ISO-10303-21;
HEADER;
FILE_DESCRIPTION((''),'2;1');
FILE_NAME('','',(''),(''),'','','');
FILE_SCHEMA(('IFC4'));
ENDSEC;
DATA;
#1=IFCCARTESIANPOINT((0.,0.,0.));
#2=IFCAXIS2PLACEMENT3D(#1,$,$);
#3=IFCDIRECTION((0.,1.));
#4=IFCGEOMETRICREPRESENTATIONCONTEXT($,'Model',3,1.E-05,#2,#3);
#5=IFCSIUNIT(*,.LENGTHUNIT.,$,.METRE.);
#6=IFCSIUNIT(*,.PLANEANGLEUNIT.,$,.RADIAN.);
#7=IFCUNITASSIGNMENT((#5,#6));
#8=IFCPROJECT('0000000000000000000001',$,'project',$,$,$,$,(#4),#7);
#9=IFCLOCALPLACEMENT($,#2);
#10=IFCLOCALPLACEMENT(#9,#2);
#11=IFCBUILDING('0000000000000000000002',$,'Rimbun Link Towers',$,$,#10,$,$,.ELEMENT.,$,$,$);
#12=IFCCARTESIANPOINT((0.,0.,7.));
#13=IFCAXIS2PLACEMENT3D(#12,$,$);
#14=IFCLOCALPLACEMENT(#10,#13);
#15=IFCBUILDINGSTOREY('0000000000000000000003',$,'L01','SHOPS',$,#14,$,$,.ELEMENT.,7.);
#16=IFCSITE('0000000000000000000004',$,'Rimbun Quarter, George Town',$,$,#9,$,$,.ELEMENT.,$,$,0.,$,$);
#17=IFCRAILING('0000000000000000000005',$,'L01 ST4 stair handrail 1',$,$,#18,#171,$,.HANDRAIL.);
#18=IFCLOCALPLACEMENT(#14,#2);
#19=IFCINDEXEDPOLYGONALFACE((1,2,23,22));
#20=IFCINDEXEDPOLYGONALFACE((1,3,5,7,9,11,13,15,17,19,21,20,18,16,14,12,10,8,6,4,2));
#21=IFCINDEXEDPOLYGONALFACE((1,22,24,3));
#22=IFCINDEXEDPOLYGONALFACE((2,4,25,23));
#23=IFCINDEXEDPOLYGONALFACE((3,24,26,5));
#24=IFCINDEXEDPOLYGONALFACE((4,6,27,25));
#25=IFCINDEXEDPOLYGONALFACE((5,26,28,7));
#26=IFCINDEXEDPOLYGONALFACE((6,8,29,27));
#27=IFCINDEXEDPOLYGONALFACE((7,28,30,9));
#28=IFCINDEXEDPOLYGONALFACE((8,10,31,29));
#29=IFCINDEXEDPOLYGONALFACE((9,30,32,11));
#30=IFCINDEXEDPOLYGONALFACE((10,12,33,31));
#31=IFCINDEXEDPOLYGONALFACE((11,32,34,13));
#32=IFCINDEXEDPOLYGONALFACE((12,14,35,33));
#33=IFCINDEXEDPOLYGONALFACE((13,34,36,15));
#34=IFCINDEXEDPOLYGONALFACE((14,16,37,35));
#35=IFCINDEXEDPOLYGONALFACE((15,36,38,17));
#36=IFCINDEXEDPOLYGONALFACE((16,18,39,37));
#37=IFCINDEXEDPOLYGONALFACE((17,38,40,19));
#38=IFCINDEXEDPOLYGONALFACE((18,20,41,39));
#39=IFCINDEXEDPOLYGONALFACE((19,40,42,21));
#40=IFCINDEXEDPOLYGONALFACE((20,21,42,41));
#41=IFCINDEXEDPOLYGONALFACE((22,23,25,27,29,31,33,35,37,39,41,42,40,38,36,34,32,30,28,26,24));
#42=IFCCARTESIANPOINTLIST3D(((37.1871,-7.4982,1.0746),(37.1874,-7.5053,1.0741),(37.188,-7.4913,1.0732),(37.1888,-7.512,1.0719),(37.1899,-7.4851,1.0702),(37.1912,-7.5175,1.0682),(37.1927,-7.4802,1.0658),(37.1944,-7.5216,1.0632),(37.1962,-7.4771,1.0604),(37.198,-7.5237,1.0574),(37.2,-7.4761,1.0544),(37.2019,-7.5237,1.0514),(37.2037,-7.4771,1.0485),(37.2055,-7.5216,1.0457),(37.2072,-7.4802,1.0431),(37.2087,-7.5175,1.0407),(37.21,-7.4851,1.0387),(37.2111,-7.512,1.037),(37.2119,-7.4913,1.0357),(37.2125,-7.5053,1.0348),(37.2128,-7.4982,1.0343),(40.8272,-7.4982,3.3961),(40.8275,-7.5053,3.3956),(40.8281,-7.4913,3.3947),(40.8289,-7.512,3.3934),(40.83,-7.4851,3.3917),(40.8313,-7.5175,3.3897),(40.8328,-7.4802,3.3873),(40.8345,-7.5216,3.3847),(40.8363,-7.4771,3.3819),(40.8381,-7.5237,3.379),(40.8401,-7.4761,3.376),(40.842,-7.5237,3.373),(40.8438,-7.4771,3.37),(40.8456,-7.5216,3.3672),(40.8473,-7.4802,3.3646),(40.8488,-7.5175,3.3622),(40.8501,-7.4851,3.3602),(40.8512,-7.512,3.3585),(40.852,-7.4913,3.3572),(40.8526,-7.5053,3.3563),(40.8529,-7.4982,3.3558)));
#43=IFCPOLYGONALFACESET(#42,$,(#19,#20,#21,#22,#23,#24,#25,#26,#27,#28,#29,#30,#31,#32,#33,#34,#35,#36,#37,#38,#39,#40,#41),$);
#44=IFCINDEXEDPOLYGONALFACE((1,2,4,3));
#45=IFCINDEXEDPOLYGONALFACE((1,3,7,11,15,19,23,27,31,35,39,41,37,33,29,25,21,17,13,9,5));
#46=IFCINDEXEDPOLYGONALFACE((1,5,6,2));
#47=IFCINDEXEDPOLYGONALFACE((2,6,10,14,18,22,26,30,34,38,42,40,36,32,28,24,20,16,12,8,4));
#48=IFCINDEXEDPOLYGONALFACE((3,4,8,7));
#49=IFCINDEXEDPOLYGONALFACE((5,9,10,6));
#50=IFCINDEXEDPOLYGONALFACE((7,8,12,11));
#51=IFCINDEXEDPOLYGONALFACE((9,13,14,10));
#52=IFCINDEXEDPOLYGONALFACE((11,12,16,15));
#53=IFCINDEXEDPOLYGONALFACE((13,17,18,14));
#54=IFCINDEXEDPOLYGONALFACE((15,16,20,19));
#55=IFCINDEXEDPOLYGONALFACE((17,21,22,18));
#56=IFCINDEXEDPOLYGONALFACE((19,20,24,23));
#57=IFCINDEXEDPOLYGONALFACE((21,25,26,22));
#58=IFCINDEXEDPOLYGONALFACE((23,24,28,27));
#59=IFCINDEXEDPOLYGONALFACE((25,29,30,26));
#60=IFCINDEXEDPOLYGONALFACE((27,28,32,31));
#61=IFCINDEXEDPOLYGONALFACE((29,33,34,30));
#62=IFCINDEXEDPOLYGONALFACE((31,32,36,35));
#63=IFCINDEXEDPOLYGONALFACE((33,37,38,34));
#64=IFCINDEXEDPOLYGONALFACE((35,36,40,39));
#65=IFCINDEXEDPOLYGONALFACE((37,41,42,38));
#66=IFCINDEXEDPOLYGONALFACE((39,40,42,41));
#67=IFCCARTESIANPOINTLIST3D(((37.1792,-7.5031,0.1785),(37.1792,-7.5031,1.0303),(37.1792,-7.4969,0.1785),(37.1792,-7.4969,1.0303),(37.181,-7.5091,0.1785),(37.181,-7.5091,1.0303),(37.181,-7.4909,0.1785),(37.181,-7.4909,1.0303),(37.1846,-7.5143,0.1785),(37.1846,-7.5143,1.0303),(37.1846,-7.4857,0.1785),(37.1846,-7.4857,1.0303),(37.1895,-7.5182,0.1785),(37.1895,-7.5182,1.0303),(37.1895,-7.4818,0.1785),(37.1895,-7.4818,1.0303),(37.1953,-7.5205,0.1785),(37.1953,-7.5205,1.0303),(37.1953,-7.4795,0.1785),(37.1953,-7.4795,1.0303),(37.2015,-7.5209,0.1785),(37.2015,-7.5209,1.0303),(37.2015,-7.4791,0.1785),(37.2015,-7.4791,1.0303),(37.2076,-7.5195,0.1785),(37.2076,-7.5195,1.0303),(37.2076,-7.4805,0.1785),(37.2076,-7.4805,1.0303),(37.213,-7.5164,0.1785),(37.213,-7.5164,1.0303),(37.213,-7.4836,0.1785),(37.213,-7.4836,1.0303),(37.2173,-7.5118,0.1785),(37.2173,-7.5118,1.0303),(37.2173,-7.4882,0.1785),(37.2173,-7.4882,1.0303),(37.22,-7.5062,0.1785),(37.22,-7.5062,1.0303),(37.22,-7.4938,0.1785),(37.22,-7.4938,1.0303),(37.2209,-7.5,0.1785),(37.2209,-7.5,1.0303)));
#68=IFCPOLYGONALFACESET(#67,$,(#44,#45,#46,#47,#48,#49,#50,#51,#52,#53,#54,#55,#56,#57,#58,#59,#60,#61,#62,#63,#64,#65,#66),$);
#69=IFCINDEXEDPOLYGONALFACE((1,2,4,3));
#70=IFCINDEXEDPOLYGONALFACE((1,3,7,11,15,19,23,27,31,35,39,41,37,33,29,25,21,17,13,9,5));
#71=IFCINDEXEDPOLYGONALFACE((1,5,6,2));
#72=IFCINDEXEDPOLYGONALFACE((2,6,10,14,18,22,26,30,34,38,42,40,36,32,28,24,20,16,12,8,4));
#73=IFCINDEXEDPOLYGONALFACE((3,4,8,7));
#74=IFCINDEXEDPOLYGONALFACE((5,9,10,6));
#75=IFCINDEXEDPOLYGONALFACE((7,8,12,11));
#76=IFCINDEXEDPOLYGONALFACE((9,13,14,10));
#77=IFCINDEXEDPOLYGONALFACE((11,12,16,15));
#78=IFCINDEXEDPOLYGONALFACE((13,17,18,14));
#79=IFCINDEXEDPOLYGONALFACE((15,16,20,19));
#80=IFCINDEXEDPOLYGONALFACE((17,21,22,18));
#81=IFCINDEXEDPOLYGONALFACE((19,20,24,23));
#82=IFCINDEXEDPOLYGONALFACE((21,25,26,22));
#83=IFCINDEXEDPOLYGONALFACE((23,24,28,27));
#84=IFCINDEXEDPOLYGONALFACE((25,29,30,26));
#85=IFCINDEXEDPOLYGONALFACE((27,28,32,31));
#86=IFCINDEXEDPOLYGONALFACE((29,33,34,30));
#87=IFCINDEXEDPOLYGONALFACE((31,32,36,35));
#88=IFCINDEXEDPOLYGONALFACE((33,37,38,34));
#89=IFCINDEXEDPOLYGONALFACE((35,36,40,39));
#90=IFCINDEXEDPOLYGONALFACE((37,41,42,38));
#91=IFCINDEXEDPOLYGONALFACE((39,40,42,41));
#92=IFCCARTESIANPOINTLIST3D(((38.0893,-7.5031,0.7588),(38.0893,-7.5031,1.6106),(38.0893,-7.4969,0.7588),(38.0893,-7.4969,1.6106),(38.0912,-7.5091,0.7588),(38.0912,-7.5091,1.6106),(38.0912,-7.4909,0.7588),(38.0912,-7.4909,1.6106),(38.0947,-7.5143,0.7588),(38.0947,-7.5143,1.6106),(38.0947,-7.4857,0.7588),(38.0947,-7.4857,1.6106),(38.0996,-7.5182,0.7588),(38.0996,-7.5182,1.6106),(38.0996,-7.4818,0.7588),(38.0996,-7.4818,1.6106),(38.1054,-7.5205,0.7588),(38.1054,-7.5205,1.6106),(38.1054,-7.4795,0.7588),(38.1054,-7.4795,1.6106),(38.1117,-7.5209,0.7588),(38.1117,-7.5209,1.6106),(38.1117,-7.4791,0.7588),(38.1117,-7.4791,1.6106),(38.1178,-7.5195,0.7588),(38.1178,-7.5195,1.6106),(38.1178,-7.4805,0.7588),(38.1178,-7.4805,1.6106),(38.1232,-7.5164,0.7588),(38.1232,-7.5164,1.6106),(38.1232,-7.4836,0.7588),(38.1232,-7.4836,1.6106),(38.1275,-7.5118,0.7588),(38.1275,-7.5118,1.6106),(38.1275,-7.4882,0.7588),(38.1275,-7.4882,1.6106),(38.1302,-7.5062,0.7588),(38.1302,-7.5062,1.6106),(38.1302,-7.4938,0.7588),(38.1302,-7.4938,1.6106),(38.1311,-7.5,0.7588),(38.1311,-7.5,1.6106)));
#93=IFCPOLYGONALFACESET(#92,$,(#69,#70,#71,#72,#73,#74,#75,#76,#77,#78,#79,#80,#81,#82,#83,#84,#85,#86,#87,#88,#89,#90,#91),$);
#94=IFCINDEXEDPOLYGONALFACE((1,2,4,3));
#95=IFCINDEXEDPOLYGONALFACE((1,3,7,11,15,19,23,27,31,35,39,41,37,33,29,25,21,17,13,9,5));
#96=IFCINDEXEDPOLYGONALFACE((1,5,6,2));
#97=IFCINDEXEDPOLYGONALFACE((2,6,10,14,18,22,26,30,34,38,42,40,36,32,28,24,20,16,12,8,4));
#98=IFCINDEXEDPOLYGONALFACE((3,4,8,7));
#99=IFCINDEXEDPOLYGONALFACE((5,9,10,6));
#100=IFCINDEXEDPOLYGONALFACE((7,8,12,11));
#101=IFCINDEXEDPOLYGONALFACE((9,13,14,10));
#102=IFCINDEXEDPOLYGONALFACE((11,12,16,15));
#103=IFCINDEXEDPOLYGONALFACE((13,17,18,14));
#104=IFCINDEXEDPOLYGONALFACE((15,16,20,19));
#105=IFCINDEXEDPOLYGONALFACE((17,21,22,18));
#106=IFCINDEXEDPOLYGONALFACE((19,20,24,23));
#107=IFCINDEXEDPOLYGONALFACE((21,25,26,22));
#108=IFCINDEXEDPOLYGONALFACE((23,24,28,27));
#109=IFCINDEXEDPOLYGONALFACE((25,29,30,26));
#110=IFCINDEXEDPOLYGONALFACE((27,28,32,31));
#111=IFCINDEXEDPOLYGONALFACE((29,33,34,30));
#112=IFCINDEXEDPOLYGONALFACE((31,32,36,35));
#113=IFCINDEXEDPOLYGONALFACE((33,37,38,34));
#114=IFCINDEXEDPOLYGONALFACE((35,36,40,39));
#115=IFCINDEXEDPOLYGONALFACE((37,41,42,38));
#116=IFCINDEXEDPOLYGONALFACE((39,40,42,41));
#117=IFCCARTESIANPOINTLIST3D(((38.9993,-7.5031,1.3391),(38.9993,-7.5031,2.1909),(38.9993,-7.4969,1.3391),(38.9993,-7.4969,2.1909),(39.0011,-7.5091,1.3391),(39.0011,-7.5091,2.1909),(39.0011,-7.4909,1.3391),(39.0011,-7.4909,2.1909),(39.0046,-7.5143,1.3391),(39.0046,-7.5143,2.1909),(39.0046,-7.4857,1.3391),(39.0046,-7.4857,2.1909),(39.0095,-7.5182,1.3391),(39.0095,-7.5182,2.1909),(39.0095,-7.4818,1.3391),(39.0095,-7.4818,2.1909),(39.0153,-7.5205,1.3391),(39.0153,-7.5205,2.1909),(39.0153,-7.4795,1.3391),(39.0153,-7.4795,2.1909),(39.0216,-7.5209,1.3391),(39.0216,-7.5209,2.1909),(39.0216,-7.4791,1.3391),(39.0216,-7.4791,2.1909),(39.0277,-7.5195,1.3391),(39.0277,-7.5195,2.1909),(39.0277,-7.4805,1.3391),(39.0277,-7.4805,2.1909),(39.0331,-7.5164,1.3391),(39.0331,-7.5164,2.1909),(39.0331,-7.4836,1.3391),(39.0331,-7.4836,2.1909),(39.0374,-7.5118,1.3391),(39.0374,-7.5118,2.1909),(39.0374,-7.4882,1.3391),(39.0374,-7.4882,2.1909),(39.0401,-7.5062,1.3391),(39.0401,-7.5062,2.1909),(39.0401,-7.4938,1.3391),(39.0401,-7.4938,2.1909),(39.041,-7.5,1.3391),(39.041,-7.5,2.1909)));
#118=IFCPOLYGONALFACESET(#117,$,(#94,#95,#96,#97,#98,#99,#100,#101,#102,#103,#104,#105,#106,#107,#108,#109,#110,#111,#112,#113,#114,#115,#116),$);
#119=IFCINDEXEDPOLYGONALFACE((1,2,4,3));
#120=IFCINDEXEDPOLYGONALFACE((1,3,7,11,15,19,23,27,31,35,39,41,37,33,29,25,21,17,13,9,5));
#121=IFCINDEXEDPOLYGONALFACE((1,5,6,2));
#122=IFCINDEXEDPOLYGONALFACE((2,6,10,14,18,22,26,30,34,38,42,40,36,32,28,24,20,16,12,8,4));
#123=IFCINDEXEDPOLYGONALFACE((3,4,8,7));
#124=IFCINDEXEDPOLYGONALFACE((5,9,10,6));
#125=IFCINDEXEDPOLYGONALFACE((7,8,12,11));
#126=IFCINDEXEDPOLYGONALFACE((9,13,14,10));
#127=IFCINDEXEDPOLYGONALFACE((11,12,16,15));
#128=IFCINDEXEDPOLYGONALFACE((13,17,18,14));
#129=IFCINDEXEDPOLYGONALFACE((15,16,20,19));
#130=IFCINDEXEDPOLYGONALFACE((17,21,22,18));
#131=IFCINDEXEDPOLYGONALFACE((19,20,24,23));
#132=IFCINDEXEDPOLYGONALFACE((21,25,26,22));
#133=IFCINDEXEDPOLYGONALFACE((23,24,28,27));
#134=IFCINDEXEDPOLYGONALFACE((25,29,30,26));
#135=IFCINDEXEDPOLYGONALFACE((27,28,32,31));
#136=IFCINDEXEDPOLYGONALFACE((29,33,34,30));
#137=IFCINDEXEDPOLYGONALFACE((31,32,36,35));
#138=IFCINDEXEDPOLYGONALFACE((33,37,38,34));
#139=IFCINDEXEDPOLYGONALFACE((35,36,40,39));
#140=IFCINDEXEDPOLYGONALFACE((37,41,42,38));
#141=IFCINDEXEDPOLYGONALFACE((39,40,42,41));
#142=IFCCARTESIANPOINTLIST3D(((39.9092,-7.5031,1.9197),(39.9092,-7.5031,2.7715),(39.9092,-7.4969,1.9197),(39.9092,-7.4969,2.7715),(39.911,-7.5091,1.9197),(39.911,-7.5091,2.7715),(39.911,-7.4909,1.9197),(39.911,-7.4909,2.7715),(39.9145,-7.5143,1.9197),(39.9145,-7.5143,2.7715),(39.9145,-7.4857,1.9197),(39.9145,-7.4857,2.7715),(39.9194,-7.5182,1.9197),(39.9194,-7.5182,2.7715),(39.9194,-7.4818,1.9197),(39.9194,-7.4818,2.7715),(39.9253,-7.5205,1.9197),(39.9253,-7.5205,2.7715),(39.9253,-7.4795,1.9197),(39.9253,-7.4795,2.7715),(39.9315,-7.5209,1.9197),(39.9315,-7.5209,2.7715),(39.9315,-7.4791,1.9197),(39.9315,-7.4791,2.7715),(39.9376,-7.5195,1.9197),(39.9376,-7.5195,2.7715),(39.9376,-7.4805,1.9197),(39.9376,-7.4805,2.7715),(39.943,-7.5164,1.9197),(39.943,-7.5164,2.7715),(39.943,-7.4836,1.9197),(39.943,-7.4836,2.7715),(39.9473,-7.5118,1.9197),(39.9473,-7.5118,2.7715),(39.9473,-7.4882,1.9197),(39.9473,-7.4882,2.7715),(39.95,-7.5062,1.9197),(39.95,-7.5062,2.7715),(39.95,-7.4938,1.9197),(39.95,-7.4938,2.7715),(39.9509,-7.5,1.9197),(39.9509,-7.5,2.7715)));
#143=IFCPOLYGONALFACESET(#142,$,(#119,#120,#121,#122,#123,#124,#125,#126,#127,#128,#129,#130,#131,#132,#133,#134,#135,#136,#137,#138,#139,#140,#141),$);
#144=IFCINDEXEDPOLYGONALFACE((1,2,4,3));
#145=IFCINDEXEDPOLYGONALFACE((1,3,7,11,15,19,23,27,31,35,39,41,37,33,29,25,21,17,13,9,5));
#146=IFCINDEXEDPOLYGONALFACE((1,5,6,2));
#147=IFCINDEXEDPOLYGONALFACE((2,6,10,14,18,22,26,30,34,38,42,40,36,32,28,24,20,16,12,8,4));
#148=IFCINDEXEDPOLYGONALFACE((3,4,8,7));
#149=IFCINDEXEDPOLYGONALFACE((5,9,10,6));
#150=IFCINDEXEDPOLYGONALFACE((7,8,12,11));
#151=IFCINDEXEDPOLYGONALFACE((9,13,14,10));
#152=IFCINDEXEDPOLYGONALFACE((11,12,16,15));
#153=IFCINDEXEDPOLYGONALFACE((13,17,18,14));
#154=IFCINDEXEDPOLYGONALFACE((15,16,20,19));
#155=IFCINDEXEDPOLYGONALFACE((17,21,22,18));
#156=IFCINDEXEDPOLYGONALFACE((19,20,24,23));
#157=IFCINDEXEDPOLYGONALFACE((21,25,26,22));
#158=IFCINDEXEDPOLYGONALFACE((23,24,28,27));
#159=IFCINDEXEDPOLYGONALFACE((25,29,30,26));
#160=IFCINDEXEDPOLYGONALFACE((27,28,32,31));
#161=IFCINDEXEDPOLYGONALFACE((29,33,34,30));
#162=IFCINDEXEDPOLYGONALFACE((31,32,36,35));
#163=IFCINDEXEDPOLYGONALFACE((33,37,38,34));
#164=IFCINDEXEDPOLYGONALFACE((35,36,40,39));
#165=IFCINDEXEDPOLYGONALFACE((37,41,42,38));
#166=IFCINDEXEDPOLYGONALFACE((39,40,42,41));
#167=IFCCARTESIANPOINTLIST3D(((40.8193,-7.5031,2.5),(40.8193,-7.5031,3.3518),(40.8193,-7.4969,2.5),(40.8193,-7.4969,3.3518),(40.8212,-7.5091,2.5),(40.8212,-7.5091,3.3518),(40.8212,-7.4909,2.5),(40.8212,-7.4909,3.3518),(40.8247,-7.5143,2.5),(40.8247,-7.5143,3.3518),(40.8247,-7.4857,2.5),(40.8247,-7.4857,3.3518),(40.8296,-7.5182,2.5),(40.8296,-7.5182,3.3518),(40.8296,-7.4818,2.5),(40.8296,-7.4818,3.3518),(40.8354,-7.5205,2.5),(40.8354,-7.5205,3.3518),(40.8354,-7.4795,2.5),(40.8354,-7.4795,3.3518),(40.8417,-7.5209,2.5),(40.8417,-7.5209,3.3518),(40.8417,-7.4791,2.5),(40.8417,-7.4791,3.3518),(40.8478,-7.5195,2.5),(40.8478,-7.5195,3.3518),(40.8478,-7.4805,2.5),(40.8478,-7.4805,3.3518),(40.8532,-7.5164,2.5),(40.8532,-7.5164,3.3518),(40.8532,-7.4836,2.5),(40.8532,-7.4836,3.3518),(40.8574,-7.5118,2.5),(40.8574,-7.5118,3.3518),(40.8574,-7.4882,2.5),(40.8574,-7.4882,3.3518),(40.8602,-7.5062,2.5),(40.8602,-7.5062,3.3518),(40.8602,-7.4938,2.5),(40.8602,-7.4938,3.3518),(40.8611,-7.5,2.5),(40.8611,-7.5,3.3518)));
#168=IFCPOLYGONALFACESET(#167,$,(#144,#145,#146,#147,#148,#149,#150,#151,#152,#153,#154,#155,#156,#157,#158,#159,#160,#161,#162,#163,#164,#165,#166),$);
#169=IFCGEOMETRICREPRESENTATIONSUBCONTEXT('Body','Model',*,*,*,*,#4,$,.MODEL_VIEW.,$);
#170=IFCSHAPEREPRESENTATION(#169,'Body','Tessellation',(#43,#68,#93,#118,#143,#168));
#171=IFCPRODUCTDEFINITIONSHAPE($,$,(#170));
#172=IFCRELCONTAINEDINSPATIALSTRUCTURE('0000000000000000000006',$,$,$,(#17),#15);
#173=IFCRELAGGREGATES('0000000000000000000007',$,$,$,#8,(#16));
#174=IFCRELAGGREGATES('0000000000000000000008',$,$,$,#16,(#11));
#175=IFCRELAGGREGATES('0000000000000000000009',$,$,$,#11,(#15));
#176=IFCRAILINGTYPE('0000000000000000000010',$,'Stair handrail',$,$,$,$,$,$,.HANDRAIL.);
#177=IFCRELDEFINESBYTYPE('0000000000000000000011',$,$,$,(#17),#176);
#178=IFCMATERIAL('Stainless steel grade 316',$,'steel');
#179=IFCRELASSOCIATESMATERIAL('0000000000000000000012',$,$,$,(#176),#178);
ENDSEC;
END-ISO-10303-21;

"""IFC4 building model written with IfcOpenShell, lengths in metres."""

from ifc_helpers import new_model, si_unit, direction, frame, origin, origin_2d, place, context, subcontext, project, spatial, circle, extrude, material, type_object, element, save


model = new_model("IFC4")

# Units and contexts
model_context = context("Model", 3, precision=1e-05, world=origin(), true_north=direction((0.0, 1.0)))
body_context = subcontext(model_context, "Body", "Model", "MODEL_VIEW")
ifc_project = project(units=[si_unit("LENGTHUNIT", "METRE"), si_unit("PLANEANGLEUNIT", "RADIAN")], contexts=[model_context])

# Site, building, storey
site_placement = place(None, origin())
site = spatial("IfcSite", under=ifc_project, at=site_placement, Name="Rimbun Quarter, George Town", CompositionType="ELEMENT", RefElevation=0.0)
building_placement = place(site_placement, origin())
building = spatial("IfcBuilding", under=site, at=building_placement, Name="Rimbun Link Towers", CompositionType="ELEMENT")
storey_placement = place(building_placement, frame((0.0, 0.0, 7.0)))
storey = spatial("IfcBuildingStorey", under=building, at=storey_placement, Name="L01", Description="SHOPS", CompositionType="ELEMENT", Elevation=7.0)

# Railing
ifc_material_1 = material(Name="Stainless steel grade 316", Category="steel")
railing_type_1 = type_object("IfcRailingType", Name="Stair handrail", PredefinedType="HANDRAIL", material=ifc_material_1)
railing_1_placement = place(storey_placement, frame((37.2, -7.5, 0.1785)))
element("IfcRailing", 1, at=railing_1_placement, inside=storey, type_object=railing_type_1, Name="L01 ST4 stair handrail 1", PredefinedType="HANDRAIL", context=body_context, shape_type="SweptSolid", body=[
    extrude(circle(Radius=0.0239, at=origin_2d()), frame((0.0, 0.0, 0.876), z_axis=(0.843128, 0.0, 0.537713), x_axis=(0.0, 1.0, 0.0)), (0.0, 0.0, 1.0), 4.3174),
    extrude(circle(Radius=0.021, at=origin_2d()), origin(), (0.0, 0.0, 1.0), 0.8518),
    extrude(circle(Radius=0.021, at=origin_2d()), frame((0.9102, 0.0, 0.5803)), (0.0, 0.0, 1.0), 0.8518),
    extrude(circle(Radius=0.021, at=origin_2d()), frame((1.8201, 0.0, 1.1606)), (0.0, 0.0, 1.0), 0.8518),
    extrude(circle(Radius=0.021, at=origin_2d()), frame((2.73, 0.0, 1.7412)), (0.0, 0.0, 1.0), 0.8518),
    extrude(circle(Radius=0.021, at=origin_2d()), frame((3.6401, 0.0, 2.3215)), (0.0, 0.0, 1.0), 0.8518),
])

save(model, "model.ifc")
